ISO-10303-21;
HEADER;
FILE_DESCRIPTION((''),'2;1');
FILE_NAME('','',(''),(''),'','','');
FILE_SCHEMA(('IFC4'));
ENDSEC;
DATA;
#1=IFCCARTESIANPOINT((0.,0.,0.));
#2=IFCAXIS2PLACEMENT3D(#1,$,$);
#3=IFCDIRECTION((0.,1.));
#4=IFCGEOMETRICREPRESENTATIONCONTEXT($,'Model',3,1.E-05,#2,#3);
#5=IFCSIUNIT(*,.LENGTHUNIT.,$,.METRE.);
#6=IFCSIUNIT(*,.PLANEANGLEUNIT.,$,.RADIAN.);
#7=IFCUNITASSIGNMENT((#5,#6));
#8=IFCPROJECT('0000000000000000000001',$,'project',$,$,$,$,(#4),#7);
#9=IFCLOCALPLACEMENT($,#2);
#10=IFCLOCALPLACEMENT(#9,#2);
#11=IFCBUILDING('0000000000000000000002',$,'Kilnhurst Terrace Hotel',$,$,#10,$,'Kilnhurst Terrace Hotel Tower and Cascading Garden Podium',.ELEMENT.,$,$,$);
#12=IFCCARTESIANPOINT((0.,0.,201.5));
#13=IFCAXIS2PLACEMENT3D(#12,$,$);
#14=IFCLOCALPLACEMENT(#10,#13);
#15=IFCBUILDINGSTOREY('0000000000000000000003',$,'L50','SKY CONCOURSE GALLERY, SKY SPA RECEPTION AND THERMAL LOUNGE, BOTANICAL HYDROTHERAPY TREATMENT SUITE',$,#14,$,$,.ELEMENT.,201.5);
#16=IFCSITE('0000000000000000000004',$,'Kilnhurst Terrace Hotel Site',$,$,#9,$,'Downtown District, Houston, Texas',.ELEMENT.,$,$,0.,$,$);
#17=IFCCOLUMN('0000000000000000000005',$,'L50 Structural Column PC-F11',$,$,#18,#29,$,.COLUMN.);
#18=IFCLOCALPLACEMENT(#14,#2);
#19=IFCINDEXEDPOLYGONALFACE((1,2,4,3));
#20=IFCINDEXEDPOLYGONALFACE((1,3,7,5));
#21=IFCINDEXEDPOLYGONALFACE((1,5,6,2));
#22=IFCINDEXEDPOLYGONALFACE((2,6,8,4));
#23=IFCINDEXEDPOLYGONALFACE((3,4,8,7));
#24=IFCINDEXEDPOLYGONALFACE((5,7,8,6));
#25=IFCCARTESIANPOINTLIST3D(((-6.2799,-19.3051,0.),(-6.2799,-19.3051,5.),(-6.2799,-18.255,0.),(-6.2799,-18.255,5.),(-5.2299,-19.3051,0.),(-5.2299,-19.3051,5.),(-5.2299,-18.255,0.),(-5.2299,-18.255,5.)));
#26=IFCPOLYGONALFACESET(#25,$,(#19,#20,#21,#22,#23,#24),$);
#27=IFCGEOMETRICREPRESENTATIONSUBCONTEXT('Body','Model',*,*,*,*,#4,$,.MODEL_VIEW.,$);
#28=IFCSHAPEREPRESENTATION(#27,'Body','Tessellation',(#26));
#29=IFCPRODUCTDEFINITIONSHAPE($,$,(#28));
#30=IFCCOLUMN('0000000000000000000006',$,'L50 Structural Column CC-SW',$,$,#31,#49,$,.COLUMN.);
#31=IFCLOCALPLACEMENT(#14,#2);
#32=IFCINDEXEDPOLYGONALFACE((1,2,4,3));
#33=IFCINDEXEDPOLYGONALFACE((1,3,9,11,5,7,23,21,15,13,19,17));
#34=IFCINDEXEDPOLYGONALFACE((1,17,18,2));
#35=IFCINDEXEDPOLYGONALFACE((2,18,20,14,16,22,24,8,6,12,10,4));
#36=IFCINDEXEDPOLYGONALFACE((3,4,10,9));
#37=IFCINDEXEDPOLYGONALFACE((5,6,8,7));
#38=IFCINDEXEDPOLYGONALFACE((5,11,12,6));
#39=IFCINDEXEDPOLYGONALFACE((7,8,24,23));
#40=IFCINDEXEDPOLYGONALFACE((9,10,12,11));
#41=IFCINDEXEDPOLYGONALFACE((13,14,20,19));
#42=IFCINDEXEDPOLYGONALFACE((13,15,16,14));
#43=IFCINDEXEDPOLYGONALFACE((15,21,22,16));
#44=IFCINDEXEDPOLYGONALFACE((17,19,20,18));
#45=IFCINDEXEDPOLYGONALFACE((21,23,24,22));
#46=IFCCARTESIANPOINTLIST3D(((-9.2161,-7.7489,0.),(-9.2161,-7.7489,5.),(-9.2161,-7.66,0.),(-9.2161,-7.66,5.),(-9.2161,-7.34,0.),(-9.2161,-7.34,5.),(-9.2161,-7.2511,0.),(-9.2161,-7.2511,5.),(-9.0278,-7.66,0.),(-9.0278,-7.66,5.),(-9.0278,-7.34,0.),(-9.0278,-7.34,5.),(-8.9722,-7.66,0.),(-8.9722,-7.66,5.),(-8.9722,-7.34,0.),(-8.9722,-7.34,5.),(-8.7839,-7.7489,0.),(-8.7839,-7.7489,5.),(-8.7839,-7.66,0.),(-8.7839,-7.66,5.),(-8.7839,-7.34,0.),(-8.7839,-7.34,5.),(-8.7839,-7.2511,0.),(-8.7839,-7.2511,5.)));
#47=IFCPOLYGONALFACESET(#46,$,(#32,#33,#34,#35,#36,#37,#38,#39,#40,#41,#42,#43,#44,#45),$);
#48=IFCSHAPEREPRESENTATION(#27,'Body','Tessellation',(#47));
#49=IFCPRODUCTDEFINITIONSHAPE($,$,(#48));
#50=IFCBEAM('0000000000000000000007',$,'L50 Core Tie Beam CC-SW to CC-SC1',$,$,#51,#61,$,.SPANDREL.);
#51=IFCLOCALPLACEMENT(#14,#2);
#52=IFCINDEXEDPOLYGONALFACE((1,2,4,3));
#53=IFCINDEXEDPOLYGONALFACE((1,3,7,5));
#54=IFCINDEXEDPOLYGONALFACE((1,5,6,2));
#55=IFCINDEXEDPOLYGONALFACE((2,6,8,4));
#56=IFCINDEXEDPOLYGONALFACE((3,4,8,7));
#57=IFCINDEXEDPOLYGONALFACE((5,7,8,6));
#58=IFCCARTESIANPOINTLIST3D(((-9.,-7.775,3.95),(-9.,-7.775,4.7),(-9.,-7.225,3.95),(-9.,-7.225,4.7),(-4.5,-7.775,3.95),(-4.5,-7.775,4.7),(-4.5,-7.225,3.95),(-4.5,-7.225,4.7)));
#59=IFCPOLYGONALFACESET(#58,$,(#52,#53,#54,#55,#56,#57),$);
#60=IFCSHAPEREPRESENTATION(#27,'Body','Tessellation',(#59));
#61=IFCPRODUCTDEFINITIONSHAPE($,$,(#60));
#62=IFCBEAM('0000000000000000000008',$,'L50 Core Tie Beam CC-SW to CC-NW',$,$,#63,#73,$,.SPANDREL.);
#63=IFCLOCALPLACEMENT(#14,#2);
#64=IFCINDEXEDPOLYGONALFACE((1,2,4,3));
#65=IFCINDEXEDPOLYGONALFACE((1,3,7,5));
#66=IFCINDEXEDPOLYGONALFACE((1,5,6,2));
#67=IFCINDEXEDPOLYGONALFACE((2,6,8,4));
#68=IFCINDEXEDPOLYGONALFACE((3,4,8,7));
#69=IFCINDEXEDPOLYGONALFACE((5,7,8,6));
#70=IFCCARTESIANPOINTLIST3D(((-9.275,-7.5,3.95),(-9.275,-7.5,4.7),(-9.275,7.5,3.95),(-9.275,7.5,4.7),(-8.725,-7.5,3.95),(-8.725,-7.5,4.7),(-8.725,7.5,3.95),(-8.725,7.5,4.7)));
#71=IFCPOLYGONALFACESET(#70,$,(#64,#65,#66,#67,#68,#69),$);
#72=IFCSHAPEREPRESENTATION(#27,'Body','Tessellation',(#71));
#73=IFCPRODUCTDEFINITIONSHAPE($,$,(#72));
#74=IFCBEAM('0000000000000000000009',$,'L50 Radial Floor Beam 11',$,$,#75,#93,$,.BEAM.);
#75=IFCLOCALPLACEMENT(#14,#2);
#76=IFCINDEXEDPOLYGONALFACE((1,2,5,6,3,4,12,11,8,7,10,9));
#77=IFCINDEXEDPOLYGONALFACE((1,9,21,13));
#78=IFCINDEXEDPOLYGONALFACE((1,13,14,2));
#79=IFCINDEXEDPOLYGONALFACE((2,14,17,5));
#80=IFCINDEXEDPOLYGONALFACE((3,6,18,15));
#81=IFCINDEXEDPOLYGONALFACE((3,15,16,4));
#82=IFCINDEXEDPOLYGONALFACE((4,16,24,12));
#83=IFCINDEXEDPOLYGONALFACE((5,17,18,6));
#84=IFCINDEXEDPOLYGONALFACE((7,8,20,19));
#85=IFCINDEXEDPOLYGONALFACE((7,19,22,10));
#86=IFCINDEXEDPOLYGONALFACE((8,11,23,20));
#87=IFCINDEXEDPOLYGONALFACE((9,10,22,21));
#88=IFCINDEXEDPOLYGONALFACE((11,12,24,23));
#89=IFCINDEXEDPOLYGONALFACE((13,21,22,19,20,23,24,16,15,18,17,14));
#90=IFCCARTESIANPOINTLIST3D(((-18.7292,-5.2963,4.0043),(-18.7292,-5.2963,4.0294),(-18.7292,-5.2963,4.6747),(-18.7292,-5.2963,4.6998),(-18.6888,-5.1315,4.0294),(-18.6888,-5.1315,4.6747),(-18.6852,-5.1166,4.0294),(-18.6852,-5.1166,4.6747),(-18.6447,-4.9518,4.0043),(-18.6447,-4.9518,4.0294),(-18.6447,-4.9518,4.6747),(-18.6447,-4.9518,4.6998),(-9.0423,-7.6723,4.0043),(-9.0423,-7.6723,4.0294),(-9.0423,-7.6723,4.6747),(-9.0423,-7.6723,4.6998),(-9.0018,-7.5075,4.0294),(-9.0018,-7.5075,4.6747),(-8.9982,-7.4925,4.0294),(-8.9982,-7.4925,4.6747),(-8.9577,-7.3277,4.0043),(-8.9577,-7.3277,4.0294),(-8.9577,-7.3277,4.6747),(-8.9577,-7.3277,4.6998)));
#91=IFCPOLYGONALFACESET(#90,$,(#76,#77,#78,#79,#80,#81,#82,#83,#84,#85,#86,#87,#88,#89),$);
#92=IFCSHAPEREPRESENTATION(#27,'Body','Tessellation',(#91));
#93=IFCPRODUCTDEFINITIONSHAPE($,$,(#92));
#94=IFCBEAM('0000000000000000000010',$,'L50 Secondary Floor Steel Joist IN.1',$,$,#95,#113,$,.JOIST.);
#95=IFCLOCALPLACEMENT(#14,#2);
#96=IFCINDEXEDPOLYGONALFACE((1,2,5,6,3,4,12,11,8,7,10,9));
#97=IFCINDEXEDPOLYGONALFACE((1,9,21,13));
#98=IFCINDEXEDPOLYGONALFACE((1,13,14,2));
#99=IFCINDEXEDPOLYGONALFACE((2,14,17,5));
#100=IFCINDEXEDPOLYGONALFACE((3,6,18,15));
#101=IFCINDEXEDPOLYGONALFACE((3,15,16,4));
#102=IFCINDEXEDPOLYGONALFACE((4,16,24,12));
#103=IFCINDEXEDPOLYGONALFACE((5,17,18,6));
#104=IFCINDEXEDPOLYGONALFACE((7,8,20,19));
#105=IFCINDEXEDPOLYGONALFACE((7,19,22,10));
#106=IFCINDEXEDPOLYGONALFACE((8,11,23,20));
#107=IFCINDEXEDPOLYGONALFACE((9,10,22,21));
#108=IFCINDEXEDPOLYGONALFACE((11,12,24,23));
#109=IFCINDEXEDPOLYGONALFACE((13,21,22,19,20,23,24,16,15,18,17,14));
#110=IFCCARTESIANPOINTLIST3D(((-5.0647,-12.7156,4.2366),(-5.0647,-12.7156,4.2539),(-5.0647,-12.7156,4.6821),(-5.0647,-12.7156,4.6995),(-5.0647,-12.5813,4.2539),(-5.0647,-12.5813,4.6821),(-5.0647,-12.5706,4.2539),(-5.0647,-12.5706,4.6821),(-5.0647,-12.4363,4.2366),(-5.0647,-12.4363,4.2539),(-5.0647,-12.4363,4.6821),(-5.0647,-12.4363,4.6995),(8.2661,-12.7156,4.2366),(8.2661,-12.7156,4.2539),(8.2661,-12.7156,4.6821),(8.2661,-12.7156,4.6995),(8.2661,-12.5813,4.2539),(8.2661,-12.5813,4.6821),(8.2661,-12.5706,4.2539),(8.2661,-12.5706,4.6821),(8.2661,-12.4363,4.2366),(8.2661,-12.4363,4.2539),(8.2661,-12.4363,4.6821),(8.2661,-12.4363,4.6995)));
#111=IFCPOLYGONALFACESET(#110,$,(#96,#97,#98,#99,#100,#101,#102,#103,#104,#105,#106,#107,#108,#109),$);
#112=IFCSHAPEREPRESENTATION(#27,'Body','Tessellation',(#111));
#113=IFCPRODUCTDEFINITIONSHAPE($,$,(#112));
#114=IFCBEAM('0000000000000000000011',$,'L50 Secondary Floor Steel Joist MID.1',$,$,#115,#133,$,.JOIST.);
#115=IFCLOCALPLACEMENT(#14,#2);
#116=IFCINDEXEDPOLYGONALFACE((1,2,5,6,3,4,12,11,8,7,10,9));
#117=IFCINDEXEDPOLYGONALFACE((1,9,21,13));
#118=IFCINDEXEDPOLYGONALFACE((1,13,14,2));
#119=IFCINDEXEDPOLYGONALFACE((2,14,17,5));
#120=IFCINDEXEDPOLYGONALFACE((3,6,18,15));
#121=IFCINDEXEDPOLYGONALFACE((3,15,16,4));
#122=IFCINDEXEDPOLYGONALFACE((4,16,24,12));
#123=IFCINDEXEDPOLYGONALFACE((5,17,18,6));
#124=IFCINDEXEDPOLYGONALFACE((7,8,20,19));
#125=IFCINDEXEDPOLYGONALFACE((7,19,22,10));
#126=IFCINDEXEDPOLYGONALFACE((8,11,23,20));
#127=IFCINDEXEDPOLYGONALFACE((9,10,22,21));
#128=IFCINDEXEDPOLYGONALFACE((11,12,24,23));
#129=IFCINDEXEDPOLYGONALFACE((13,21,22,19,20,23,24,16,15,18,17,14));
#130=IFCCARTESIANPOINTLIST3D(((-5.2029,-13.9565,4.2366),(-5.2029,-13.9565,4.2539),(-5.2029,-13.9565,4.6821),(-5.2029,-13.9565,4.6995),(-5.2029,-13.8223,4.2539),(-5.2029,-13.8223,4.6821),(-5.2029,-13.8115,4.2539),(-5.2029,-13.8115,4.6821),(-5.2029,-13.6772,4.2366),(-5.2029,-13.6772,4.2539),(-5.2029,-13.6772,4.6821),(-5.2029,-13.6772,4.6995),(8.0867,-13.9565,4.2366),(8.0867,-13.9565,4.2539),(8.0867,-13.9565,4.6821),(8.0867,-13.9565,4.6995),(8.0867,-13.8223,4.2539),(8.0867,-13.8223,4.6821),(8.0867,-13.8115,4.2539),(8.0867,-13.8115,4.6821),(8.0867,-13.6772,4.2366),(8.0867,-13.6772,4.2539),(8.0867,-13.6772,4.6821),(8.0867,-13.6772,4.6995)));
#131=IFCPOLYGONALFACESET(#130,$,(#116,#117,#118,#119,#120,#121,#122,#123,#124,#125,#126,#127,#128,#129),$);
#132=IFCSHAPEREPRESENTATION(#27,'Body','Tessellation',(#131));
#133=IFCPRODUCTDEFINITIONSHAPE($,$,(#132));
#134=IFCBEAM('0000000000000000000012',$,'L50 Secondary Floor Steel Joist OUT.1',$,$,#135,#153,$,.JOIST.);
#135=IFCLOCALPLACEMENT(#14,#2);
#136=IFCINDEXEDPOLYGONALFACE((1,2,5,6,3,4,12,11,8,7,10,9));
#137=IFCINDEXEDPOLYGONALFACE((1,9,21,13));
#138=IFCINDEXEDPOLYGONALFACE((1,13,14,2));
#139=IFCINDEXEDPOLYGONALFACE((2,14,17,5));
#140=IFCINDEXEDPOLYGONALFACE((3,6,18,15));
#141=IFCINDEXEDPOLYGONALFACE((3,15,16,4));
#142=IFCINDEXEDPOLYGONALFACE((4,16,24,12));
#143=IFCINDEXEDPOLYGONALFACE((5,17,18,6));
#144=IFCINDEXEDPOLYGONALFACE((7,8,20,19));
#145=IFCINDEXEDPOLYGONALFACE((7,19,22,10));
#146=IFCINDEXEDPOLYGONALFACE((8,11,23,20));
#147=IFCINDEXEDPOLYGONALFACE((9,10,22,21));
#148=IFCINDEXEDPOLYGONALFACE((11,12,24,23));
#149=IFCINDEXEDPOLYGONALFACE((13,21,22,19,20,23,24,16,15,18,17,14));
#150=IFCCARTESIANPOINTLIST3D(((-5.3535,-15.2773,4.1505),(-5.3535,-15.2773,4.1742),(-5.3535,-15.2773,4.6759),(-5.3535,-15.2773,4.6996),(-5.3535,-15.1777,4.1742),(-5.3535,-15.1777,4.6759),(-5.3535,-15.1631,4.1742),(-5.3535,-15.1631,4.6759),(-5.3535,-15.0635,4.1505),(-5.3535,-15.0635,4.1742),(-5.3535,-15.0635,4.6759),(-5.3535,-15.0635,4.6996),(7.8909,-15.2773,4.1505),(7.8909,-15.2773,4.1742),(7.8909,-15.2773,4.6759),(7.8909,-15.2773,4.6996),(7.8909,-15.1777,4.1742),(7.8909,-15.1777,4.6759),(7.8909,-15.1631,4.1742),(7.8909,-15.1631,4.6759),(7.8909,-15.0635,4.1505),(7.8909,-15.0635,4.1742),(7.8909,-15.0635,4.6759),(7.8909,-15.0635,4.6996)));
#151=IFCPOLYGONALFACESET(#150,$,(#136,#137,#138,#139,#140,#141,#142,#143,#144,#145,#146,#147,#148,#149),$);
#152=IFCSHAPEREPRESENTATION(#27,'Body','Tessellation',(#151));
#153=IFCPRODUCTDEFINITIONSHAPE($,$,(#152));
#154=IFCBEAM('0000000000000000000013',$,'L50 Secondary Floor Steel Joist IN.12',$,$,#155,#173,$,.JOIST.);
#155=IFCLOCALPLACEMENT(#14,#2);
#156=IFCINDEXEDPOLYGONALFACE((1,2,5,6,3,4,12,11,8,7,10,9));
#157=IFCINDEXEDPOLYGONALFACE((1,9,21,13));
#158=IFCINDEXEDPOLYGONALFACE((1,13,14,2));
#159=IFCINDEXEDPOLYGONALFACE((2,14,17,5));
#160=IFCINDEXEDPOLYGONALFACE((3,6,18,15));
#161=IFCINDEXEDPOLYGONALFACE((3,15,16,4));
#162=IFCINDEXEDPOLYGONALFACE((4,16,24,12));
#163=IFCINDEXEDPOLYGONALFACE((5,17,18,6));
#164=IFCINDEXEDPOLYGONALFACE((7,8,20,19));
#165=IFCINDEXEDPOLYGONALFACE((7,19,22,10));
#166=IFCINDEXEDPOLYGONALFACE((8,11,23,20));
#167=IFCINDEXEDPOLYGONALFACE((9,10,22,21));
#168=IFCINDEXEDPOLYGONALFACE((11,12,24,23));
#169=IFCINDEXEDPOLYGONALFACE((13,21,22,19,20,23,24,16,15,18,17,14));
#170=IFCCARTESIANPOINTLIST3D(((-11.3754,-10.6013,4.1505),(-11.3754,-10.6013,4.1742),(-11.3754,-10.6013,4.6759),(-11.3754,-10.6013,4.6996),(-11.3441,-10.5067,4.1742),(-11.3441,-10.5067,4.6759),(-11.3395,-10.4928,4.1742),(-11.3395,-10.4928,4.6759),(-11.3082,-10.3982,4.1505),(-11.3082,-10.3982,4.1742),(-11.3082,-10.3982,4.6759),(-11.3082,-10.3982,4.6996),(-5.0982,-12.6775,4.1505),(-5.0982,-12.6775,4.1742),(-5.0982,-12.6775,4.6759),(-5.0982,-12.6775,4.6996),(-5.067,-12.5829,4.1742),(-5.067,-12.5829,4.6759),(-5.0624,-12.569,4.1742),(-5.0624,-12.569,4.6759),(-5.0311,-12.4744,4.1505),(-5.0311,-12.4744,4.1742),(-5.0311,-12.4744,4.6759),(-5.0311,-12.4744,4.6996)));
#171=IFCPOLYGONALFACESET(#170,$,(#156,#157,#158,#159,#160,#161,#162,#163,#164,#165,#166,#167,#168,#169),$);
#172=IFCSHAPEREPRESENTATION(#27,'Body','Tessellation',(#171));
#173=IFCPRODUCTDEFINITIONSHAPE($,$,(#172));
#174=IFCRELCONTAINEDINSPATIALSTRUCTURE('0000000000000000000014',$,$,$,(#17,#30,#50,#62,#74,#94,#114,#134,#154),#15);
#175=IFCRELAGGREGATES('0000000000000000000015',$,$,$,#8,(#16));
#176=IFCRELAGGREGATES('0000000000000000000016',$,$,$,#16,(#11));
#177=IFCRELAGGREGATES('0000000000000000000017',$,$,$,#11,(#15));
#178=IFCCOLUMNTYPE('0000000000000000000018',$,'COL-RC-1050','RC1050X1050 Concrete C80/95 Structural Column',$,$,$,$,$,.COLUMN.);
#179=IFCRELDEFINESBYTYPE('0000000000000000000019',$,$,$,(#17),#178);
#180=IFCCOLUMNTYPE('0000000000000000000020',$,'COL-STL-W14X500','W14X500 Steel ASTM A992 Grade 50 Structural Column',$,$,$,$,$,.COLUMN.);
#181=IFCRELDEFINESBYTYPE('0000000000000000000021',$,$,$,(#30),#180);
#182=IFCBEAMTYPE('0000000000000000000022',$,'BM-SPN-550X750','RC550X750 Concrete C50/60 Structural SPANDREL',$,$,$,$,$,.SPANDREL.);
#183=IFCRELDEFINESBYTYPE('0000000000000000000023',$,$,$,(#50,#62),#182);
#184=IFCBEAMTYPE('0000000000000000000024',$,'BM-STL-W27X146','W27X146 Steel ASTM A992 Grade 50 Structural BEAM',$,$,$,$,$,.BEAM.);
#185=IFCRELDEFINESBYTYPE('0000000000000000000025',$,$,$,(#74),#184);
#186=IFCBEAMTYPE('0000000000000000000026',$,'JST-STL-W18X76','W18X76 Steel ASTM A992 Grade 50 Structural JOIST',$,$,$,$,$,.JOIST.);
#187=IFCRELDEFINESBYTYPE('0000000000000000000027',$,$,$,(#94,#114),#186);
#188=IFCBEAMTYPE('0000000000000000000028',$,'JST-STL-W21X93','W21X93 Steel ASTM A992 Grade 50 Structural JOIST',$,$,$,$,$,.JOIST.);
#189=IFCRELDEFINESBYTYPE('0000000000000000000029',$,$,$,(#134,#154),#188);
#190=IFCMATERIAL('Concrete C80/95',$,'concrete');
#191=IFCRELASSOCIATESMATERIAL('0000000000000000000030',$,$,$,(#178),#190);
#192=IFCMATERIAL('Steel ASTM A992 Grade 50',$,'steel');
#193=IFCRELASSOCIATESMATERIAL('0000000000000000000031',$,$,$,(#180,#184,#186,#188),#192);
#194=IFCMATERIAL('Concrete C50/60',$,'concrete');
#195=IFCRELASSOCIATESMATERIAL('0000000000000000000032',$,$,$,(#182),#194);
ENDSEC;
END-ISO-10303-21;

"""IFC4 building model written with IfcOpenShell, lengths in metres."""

from ifc_helpers import new_model, si_unit, direction, frame, origin, origin_2d, place, context, subcontext, project, spatial, rectangle, i_section, extrude, material, material_profile, profile_set, type_object, element, save


model = new_model("IFC4")

# Units and contexts
model_context = context("Model", 3, precision=1e-05, world=origin(), true_north=direction((0.0, 1.0)))
body_context = subcontext(model_context, "Body", "Model", "MODEL_VIEW")
ifc_project = project(units=[si_unit("LENGTHUNIT", "METRE"), si_unit("PLANEANGLEUNIT", "RADIAN")], contexts=[model_context])

# Site, building, storey
site_placement = place(None, origin())
site = spatial("IfcSite", under=ifc_project, at=site_placement, Name="Kilnhurst Terrace Hotel Site", LongName="Downtown District, Houston, Texas", CompositionType="ELEMENT", RefElevation=0.0)
building_placement = place(site_placement, origin())
building = spatial("IfcBuilding", under=site, at=building_placement, Name="Kilnhurst Terrace Hotel", LongName="Kilnhurst Terrace Hotel Tower and Cascading Garden Podium", CompositionType="ELEMENT")
storey_placement = place(building_placement, frame((0.0, 0.0, 201.5)))
storey = spatial("IfcBuildingStorey", under=building, at=storey_placement, Name="L50", Description="SKY CONCOURSE GALLERY, SKY SPA RECEPTION AND THERMAL LOUNGE, BOTANICAL HYDROTHERAPY TREATMENT SUITE", CompositionType="ELEMENT", Elevation=201.5)

# Columns
ifc_material_1 = material(Name="Concrete C80/95", Category="concrete")
ifc_material_profile_1 = material_profile(ifc_material_1, rectangle(XDim=1.05, YDim=1.05, at=origin_2d()), Name="RC1050X1050")
ifc_profile_set_1 = profile_set([ifc_material_profile_1], Name="Concrete C80/95")
column_type_1 = type_object("IfcColumnType", Name="COL-RC-1050", Description="RC1050X1050 Concrete C80/95 Structural Column", PredefinedType="COLUMN", material=ifc_profile_set_1)
column_1_placement = place(storey_placement, frame((-5.7549, -18.78, 0.0), z_axis=(0.0, 0.0, 1.0), x_axis=(1.0, 0.0, 0.0)))
element("IfcColumn", 1, at=column_1_placement, inside=storey, type_object=column_type_1, Name="L50 Structural Column PC-F11", PredefinedType="COLUMN", context=body_context, shape_type="SweptSolid", body=[
    extrude(rectangle(XDim=1.05, YDim=1.05, at=origin_2d()), origin(), (0.0, 0.0, 1.0), 5.0),
])
ifc_material_2 = material(Name="Steel ASTM A992 Grade 50", Category="steel")
ifc_material_profile_2 = material_profile(ifc_material_2, i_section(OverallWidth=0.4321, OverallDepth=0.4978, WebThickness=0.0557, FlangeThickness=0.0889, at=origin_2d()), Name="W14X500")
ifc_profile_set_2 = profile_set([ifc_material_profile_2], Name="Steel ASTM A992 Grade 50")
column_type_2 = type_object("IfcColumnType", Name="COL-STL-W14X500", Description="W14X500 Steel ASTM A992 Grade 50 Structural Column", PredefinedType="COLUMN", material=ifc_profile_set_2)
column_2_placement = place(storey_placement, frame((-9.0, -7.5, 0.0), z_axis=(0.0, 0.0, 1.0), x_axis=(1.0, 0.0, 0.0)))
element("IfcColumn", 2, at=column_2_placement, inside=storey, type_object=column_type_2, Name="L50 Structural Column CC-SW", PredefinedType="COLUMN", context=body_context, shape_type="SweptSolid", body=[
    extrude(i_section(OverallWidth=0.4321, OverallDepth=0.4978, WebThickness=0.0557, FlangeThickness=0.0889, at=origin_2d()), origin(), (0.0, 0.0, 1.0), 5.0),
])

# Beams
ifc_material_3 = material(Name="Concrete C50/60", Category="concrete")
ifc_material_profile_3 = material_profile(ifc_material_3, rectangle(XDim=0.55, YDim=0.75, at=origin_2d()), Name="RC550X750")
ifc_profile_set_3 = profile_set([ifc_material_profile_3], Name="Concrete C50/60")
beam_type_1 = type_object("IfcBeamType", Name="BM-SPN-550X750", Description="RC550X750 Concrete C50/60 Structural SPANDREL", PredefinedType="SPANDREL", material=ifc_profile_set_3)
beam_1_placement = place(storey_placement, frame((-9.0, -7.5, 4.325), z_axis=(1.0, 0.0, 0.0), x_axis=(0.0, 1.0, 0.0)))
element("IfcBeam", 3, at=beam_1_placement, inside=storey, type_object=beam_type_1, Name="L50 Core Tie Beam CC-SW to CC-SC1", PredefinedType="SPANDREL", context=body_context, shape_type="SweptSolid", body=[
    extrude(rectangle(XDim=0.55, YDim=0.75, at=origin_2d()), origin(), (0.0, 0.0, 1.0), 4.5),
])
beam_2_placement = place(storey_placement, frame((-9.0, -7.5, 4.325), z_axis=(0.0, 1.0, 0.0), x_axis=(-1.0, 0.0, 0.0)))
element("IfcBeam", 4, at=beam_2_placement, inside=storey, type_object=beam_type_1, Name="L50 Core Tie Beam CC-SW to CC-NW", PredefinedType="SPANDREL", context=body_context, shape_type="SweptSolid", body=[
    extrude(rectangle(XDim=0.55, YDim=0.75, at=origin_2d()), origin(), (0.0, 0.0, 1.0), 15.0),
])
ifc_material_profile_4 = material_profile(ifc_material_2, i_section(OverallWidth=0.3547, OverallDepth=0.6956, WebThickness=0.0154, FlangeThickness=0.0251, at=origin_2d()), Name="W27X146")
ifc_profile_set_4 = profile_set([ifc_material_profile_4], Name="Steel ASTM A992 Grade 50")
beam_type_2 = type_object("IfcBeamType", Name="BM-STL-W27X146", Description="W27X146 Steel ASTM A992 Grade 50 Structural BEAM", PredefinedType="BEAM", material=ifc_profile_set_4)
beam_3_placement = place(storey_placement, frame((-9.0, -7.5, 4.3521), z_axis=(-0.971213, 0.238214, 0.0), x_axis=(-0.238214, -0.971213, 0.0)))
element("IfcBeam", 5, at=beam_3_placement, inside=storey, type_object=beam_type_2, Name="L50 Radial Floor Beam 11", PredefinedType="BEAM", context=body_context, shape_type="SweptSolid", body=[
    extrude(i_section(OverallWidth=0.3547, OverallDepth=0.6956, WebThickness=0.0154, FlangeThickness=0.0251, at=origin_2d()), origin(), (0.0, 0.0, 1.0), 9.9741),
])
ifc_material_profile_5 = material_profile(ifc_material_2, i_section(OverallWidth=0.2793, OverallDepth=0.4629, WebThickness=0.0107, FlangeThickness=0.0173, at=origin_2d()), Name="W18X76")
ifc_profile_set_5 = profile_set([ifc_material_profile_5], Name="Steel ASTM A992 Grade 50")
beam_type_3 = type_object("IfcBeamType", Name="JST-STL-W18X76", Description="W18X76 Steel ASTM A992 Grade 50 Structural JOIST", PredefinedType="JOIST", material=ifc_profile_set_5)
beam_4_placement = place(storey_placement, frame((-5.0647, -12.5759, 4.468), z_axis=(1.0, 0.0, 0.0), x_axis=(0.0, 1.0, 0.0)))
element("IfcBeam", 6, at=beam_4_placement, inside=storey, type_object=beam_type_3, Name="L50 Secondary Floor Steel Joist IN.1", PredefinedType="JOIST", context=body_context, shape_type="SweptSolid", body=[
    extrude(i_section(OverallWidth=0.2793, OverallDepth=0.4629, WebThickness=0.0107, FlangeThickness=0.0173, at=origin_2d()), origin(), (0.0, 0.0, 1.0), 13.3308),
])
beam_5_placement = place(storey_placement, frame((-5.2029, -13.8169, 4.468), z_axis=(1.0, 0.0, 0.0), x_axis=(0.0, 1.0, 0.0)))
element("IfcBeam", 7, at=beam_5_placement, inside=storey, type_object=beam_type_3, Name="L50 Secondary Floor Steel Joist MID.1", PredefinedType="JOIST", context=body_context, shape_type="SweptSolid", body=[
    extrude(i_section(OverallWidth=0.2793, OverallDepth=0.4629, WebThickness=0.0107, FlangeThickness=0.0173, at=origin_2d()), origin(), (0.0, 0.0, 1.0), 13.2896),
])
ifc_material_profile_6 = material_profile(ifc_material_2, i_section(OverallWidth=0.2139, OverallDepth=0.5491, WebThickness=0.0146, FlangeThickness=0.0237, at=origin_2d()), Name="W21X93")
ifc_profile_set_6 = profile_set([ifc_material_profile_6], Name="Steel ASTM A992 Grade 50")
beam_type_4 = type_object("IfcBeamType", Name="JST-STL-W21X93", Description="W21X93 Steel ASTM A992 Grade 50 Structural JOIST", PredefinedType="JOIST", material=ifc_profile_set_6)
beam_6_placement = place(storey_placement, frame((-5.3535, -15.1704, 4.425), z_axis=(1.0, 0.0, 0.0), x_axis=(0.0, 1.0, 0.0)))
element("IfcBeam", 8, at=beam_6_placement, inside=storey, type_object=beam_type_4, Name="L50 Secondary Floor Steel Joist OUT.1", PredefinedType="JOIST", context=body_context, shape_type="SweptSolid", body=[
    extrude(i_section(OverallWidth=0.2139, OverallDepth=0.5491, WebThickness=0.0146, FlangeThickness=0.0237, at=origin_2d()), origin(), (0.0, 0.0, 1.0), 13.2444),
])
beam_7_placement = place(storey_placement, frame((-11.3418, -10.4998, 4.425), z_axis=(0.949416, -0.314022, 0.0), x_axis=(0.314022, 0.949416, 0.0)))
element("IfcBeam", 9, at=beam_7_placement, inside=storey, type_object=beam_type_4, Name="L50 Secondary Floor Steel Joist IN.12", PredefinedType="JOIST", context=body_context, shape_type="SweptSolid", body=[
    extrude(i_section(OverallWidth=0.2139, OverallDepth=0.5491, WebThickness=0.0146, FlangeThickness=0.0237, at=origin_2d()), origin(), (0.0, 0.0, 1.0), 6.6116),
])

save(model, "model.ifc")
